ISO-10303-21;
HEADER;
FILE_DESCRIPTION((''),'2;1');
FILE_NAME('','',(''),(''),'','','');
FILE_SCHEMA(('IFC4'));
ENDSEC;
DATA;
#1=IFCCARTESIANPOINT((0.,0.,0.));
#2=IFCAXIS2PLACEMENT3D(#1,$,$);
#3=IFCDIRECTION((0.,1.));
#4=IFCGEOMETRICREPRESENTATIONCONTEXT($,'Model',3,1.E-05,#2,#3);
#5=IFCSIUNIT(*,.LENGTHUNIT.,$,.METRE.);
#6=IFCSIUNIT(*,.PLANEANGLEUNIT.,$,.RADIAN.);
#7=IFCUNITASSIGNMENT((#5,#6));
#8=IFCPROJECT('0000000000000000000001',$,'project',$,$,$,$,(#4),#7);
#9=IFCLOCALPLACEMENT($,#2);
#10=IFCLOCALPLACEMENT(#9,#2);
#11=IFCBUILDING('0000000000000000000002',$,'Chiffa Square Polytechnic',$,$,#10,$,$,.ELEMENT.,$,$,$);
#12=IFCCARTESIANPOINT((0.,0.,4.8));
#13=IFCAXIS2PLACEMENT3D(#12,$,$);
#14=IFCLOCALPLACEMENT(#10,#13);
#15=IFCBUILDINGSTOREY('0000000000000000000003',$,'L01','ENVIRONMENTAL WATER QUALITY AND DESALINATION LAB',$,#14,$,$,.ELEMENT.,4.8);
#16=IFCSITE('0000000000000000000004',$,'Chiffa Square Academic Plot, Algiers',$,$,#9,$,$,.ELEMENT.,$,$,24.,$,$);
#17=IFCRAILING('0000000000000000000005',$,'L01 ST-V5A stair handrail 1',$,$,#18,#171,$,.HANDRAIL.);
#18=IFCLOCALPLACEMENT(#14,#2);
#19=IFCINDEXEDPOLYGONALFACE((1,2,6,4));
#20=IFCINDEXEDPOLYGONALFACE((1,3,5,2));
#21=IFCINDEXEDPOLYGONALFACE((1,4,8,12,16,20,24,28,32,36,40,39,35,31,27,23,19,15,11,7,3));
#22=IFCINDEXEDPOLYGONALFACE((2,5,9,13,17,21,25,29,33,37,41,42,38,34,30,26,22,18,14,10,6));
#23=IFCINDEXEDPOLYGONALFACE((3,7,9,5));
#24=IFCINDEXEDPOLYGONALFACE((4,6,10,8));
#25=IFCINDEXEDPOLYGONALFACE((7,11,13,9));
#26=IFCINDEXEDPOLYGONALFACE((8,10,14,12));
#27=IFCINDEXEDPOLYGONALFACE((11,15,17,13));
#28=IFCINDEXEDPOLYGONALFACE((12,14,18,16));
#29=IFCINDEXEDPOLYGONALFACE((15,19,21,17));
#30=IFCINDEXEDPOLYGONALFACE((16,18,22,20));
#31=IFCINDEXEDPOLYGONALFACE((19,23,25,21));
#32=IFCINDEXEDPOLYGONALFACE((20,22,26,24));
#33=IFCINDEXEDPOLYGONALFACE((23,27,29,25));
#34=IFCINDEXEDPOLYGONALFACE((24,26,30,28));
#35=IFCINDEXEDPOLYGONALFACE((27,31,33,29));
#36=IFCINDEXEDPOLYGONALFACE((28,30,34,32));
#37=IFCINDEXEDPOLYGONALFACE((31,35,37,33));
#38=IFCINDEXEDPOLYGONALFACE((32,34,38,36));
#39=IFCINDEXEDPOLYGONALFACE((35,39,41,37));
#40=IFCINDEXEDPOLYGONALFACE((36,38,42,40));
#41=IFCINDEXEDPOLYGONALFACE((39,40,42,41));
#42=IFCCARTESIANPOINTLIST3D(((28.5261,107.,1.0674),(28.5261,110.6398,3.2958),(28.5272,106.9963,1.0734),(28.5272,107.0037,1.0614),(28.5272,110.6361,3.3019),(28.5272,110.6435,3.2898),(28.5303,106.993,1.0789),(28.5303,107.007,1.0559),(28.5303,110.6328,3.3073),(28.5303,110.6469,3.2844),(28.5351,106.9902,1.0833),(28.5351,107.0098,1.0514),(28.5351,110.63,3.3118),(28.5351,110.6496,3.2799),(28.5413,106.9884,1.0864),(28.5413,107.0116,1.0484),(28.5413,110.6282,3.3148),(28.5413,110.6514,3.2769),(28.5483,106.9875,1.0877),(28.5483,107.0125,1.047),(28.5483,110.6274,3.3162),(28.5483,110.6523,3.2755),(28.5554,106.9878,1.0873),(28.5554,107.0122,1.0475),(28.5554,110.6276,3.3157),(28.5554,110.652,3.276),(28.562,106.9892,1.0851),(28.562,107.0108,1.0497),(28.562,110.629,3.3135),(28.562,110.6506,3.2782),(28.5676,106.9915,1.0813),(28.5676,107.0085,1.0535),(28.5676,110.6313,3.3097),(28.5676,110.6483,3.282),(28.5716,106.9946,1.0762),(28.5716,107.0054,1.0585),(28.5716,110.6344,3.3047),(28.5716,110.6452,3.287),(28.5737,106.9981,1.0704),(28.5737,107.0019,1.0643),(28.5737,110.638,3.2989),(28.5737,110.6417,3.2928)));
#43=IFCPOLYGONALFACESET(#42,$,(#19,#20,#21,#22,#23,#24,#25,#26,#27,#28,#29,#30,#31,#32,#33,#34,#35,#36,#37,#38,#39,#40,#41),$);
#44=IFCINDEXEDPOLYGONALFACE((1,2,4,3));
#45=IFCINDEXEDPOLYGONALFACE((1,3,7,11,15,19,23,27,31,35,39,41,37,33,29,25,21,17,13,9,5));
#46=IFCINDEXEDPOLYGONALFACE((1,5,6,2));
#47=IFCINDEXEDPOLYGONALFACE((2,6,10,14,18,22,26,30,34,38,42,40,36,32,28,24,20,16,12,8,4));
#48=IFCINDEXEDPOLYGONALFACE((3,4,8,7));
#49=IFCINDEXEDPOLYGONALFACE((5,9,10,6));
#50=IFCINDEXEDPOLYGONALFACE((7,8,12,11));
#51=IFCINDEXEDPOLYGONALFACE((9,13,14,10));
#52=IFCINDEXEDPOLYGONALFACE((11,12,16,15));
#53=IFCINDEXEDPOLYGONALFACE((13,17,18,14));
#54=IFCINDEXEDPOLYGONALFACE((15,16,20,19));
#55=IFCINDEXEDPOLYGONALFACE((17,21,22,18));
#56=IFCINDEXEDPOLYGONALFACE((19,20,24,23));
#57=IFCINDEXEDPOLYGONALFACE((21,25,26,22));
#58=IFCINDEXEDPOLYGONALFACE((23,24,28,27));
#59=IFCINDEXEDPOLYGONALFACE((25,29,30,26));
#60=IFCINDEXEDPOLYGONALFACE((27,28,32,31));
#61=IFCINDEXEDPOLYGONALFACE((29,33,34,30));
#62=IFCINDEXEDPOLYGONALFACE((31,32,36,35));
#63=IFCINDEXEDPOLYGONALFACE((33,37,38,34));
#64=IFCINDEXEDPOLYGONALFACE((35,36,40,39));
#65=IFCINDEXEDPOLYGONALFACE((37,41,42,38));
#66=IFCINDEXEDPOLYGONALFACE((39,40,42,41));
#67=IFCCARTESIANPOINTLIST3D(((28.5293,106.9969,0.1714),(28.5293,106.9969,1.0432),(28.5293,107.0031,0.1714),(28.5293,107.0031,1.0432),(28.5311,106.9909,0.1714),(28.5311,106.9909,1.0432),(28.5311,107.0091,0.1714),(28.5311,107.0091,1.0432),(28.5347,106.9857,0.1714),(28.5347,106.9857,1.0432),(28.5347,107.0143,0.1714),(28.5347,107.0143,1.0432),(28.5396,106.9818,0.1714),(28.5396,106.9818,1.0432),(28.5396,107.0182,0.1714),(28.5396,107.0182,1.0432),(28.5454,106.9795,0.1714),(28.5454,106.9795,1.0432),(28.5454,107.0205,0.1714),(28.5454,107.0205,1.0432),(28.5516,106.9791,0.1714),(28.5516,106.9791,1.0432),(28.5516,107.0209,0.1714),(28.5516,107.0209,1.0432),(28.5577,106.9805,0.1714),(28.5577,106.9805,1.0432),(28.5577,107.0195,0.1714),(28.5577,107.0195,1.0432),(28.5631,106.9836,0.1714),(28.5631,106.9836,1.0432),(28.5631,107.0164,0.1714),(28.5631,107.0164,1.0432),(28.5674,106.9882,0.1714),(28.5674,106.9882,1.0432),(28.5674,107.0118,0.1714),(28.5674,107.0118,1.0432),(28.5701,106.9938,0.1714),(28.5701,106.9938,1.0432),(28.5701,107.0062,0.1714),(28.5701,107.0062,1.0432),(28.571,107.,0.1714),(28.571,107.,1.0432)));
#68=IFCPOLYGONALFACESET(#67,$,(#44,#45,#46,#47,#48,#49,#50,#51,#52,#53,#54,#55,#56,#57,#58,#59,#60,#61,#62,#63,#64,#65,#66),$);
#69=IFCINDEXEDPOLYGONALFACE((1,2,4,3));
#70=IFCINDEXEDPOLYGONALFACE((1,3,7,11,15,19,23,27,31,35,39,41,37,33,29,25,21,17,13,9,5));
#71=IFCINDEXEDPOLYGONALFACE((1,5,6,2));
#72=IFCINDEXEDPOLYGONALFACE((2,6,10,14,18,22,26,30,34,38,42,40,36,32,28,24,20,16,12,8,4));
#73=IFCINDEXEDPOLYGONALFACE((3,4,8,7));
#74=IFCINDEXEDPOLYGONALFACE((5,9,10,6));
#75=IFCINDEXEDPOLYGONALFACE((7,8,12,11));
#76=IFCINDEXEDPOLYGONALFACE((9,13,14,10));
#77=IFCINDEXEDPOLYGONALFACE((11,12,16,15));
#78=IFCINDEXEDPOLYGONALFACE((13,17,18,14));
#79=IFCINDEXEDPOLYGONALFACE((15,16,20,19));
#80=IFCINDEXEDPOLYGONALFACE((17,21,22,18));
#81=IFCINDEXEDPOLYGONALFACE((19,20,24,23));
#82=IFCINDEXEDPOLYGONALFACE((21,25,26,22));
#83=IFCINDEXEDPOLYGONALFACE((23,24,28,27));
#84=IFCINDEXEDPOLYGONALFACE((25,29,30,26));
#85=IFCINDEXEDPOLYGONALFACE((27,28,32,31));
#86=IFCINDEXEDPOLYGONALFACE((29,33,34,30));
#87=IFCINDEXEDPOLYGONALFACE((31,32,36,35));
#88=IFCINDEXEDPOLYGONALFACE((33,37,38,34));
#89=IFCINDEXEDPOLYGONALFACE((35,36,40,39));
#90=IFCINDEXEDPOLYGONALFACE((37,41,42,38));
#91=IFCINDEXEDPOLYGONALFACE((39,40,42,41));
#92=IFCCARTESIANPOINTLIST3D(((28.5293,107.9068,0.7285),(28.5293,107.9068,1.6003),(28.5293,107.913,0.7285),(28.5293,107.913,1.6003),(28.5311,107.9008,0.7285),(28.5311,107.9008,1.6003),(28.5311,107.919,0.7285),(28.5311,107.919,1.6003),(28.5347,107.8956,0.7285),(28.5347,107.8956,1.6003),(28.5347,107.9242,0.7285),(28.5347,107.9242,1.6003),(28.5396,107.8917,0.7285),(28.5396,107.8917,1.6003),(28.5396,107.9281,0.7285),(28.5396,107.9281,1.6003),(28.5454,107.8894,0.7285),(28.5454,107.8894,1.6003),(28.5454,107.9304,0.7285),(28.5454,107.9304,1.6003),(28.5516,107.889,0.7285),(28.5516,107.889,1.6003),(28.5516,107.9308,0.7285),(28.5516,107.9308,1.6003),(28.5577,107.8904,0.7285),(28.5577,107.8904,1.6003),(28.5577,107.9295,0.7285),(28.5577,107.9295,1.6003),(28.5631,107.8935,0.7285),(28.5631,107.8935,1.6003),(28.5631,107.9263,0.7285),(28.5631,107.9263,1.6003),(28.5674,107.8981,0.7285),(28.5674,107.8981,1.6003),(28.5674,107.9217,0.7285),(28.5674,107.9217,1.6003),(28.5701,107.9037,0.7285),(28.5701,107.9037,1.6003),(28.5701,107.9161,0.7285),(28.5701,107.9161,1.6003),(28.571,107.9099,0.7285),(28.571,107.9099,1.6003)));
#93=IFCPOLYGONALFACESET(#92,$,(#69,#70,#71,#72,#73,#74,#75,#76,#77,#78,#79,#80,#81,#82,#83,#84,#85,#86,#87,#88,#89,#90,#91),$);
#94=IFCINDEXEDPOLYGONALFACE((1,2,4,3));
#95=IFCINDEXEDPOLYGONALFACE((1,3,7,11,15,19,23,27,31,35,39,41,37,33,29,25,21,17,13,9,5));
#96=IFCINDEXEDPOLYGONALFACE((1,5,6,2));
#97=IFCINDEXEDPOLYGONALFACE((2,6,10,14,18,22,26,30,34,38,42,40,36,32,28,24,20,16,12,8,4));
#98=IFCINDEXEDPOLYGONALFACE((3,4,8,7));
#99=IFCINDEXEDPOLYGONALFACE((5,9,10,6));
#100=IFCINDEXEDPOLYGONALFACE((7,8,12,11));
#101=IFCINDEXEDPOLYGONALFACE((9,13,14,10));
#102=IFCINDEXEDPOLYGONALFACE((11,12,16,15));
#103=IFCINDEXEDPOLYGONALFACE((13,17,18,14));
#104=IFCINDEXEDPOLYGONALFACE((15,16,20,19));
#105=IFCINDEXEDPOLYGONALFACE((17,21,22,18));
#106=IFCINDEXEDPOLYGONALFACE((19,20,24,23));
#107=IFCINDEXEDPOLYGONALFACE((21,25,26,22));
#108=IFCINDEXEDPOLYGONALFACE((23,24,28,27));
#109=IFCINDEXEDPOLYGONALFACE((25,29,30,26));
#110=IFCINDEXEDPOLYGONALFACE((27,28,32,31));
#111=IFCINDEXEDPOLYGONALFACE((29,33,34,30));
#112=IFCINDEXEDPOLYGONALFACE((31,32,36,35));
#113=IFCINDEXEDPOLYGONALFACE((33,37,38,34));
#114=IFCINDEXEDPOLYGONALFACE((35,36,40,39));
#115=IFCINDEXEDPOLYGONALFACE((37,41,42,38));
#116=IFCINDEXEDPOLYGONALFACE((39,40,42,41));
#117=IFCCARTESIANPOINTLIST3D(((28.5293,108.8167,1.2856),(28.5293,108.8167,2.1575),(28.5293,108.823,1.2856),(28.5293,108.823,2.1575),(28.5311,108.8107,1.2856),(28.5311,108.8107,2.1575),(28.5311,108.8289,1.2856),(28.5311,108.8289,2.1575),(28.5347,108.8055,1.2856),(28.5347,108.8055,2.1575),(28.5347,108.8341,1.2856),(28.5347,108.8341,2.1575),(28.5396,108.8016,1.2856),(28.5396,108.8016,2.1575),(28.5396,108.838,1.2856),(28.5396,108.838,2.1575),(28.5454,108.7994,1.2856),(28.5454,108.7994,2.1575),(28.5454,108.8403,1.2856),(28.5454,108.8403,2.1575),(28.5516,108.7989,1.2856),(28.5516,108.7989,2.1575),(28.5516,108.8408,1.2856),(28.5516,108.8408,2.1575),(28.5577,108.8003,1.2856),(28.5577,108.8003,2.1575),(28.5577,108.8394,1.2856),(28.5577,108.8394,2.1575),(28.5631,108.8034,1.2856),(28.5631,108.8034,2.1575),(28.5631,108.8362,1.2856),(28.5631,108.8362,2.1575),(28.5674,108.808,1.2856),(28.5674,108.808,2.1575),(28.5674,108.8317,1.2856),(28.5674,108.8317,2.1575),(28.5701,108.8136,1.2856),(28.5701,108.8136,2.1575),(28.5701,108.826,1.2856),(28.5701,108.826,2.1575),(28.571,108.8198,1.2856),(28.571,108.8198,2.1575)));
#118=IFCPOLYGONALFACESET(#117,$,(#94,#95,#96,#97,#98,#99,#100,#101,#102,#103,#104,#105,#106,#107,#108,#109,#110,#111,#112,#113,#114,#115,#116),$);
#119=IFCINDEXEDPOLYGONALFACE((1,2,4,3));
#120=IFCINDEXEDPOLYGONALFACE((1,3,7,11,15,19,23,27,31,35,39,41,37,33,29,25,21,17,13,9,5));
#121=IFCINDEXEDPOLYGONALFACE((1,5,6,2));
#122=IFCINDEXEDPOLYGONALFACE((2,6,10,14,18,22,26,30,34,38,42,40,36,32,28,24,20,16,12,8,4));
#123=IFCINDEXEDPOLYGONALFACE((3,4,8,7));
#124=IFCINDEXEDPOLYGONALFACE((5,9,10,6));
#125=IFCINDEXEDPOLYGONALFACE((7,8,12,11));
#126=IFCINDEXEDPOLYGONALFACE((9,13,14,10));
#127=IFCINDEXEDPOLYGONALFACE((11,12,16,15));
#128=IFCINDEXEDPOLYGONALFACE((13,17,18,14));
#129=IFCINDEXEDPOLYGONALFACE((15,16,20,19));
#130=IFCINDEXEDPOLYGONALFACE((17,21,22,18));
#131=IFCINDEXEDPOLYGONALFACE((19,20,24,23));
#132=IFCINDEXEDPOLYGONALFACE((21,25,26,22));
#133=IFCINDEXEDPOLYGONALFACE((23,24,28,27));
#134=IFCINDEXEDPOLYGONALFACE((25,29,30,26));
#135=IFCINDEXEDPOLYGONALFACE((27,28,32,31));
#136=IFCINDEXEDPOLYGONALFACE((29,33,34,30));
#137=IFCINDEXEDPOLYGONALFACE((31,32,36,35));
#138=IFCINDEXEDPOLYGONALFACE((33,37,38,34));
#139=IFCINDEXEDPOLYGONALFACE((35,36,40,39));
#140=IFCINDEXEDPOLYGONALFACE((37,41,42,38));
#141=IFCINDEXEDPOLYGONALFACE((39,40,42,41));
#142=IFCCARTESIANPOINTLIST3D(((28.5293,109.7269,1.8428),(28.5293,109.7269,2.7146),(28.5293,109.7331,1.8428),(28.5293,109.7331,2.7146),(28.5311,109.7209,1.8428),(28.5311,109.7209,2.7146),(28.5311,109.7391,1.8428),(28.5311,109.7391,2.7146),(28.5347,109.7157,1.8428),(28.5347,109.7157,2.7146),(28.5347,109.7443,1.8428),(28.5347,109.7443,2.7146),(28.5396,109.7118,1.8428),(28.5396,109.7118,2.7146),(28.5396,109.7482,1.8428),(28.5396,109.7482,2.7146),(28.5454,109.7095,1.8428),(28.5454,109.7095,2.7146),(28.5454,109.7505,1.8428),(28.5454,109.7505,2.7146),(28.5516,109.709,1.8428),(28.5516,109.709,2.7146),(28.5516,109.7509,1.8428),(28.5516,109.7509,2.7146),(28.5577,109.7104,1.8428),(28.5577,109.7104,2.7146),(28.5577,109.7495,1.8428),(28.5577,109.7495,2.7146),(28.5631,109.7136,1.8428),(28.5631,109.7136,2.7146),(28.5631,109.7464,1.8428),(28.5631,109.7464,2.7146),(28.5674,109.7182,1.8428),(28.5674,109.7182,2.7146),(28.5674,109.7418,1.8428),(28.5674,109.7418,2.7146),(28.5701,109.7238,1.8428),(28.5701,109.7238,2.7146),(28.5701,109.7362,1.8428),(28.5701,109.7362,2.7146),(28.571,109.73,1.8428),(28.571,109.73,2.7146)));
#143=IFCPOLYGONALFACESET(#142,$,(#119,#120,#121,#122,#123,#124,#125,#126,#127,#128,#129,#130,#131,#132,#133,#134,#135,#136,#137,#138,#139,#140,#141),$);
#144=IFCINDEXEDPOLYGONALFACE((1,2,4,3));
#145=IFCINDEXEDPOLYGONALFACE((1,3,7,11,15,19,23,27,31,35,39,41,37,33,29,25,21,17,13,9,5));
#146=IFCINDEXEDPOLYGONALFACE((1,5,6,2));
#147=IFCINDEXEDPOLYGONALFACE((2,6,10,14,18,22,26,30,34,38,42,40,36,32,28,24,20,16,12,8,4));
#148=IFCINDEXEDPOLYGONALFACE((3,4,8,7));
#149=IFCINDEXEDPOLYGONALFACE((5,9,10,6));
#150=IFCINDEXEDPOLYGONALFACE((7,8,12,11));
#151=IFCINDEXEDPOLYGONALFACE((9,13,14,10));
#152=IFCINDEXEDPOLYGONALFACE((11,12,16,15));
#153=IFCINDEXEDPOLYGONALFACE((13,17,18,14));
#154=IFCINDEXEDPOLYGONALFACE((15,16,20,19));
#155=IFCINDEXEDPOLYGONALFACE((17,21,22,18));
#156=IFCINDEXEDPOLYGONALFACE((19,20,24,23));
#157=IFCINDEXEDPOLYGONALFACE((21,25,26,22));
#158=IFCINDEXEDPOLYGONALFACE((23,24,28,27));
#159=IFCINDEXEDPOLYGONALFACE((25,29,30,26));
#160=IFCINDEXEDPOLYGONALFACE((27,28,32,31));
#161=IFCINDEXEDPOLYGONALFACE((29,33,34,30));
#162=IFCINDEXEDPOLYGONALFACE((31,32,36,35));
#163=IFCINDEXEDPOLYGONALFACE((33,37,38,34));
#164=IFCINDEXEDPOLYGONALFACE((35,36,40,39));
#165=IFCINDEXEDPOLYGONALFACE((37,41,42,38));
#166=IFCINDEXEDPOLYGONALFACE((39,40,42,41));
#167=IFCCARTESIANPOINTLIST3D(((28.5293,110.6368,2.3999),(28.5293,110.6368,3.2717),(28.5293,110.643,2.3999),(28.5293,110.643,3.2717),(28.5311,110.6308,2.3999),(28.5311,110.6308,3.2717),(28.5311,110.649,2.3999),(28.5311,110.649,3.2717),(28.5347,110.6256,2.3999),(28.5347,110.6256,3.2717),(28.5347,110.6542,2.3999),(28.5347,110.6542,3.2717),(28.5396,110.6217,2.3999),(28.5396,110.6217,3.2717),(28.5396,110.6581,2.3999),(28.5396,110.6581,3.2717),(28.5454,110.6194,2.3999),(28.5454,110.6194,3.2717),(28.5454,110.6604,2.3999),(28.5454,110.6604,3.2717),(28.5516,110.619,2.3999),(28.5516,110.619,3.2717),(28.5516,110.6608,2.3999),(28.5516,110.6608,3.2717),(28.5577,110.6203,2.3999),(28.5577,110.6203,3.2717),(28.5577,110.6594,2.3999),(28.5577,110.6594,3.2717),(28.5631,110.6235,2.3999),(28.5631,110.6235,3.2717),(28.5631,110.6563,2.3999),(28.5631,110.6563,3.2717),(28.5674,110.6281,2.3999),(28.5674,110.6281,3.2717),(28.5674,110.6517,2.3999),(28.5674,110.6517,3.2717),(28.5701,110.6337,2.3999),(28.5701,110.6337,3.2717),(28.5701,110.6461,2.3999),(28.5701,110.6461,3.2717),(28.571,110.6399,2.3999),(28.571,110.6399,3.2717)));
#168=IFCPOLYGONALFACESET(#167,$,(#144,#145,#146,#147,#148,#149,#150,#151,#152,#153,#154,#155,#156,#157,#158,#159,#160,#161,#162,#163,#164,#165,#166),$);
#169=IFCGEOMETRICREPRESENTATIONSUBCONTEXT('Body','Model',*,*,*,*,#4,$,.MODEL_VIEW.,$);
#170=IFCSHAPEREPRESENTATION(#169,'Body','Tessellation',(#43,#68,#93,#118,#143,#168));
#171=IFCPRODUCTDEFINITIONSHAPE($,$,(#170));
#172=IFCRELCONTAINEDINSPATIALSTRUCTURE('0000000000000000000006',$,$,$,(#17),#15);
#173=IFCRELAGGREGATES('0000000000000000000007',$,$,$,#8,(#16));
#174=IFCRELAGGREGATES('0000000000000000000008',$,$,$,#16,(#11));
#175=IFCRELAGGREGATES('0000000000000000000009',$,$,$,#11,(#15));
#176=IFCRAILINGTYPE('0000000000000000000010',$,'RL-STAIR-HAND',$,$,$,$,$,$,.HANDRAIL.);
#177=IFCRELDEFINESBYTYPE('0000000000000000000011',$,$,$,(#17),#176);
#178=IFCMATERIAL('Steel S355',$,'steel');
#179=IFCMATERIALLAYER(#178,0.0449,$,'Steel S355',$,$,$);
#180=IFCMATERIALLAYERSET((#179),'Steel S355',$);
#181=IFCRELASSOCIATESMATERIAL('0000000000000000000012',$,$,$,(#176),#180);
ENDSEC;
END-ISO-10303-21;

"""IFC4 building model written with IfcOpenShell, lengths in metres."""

from ifc_helpers import new_model, si_unit, direction, frame, origin, origin_2d, place, context, subcontext, project, spatial, circle, extrude, material, layer, layer_set, type_object, element, save


model = new_model("IFC4")

# Units and contexts
model_context = context("Model", 3, precision=1e-05, world=origin(), true_north=direction((0.0, 1.0)))
body_context = subcontext(model_context, "Body", "Model", "MODEL_VIEW")
ifc_project = project(units=[si_unit("LENGTHUNIT", "METRE"), si_unit("PLANEANGLEUNIT", "RADIAN")], contexts=[model_context])

# Site, building, storey
site_placement = place(None, origin())
site = spatial("IfcSite", under=ifc_project, at=site_placement, Name="Chiffa Square Academic Plot, Algiers", CompositionType="ELEMENT", RefElevation=24.0)
building_placement = place(site_placement, origin())
building = spatial("IfcBuilding", under=site, at=building_placement, Name="Chiffa Square Polytechnic", CompositionType="ELEMENT")
storey_placement = place(building_placement, frame((0.0, 0.0, 4.8)))
storey = spatial("IfcBuildingStorey", under=building, at=storey_placement, Name="L01", Description="ENVIRONMENTAL WATER QUALITY AND DESALINATION LAB", CompositionType="ELEMENT", Elevation=4.8)

# Railing
ifc_material_1 = material(Name="Steel S355", Category="steel")
ifc_layer_1 = layer(ifc_material_1, 0.0449, Name="Steel S355")
ifc_layer_set_1 = layer_set([ifc_layer_1], Name="Steel S355")
railing_type = type_object("IfcRailingType", Name="RL-STAIR-HAND", PredefinedType="HANDRAIL", material=ifc_layer_set_1)
railing_placement = place(storey_placement, frame((28.55, 107.0, 0.1714)))
element("IfcRailing", 1, at=railing_placement, inside=storey, type_object=railing_type, Name="L01 ST-V5A stair handrail 1", PredefinedType="HANDRAIL", context=body_context, shape_type="SweptSolid", body=[
    extrude(circle(Radius=0.0239, at=origin_2d()), frame((0.0, 0.0, 0.896), z_axis=(0.0, 0.85285, 0.522156), x_axis=(-1.0, 0.0, 0.0)), (0.0, 0.0, 1.0), 4.2678),
    extrude(circle(Radius=0.021, at=origin_2d()), origin(), (0.0, 0.0, 1.0), 0.8718),
    extrude(circle(Radius=0.021, at=origin_2d()), frame((0.0, 0.9099, 0.5571)), (0.0, 0.0, 1.0), 0.8718),
    extrude(circle(Radius=0.021, at=origin_2d()), frame((0.0, 1.8198, 1.1143)), (0.0, 0.0, 1.0), 0.8718),
    extrude(circle(Radius=0.021, at=origin_2d()), frame((0.0, 2.73, 1.6714)), (0.0, 0.0, 1.0), 0.8718),
    extrude(circle(Radius=0.021, at=origin_2d()), frame((0.0, 3.6399, 2.2285)), (0.0, 0.0, 1.0), 0.8718),
])

save(model, "model.ifc")
